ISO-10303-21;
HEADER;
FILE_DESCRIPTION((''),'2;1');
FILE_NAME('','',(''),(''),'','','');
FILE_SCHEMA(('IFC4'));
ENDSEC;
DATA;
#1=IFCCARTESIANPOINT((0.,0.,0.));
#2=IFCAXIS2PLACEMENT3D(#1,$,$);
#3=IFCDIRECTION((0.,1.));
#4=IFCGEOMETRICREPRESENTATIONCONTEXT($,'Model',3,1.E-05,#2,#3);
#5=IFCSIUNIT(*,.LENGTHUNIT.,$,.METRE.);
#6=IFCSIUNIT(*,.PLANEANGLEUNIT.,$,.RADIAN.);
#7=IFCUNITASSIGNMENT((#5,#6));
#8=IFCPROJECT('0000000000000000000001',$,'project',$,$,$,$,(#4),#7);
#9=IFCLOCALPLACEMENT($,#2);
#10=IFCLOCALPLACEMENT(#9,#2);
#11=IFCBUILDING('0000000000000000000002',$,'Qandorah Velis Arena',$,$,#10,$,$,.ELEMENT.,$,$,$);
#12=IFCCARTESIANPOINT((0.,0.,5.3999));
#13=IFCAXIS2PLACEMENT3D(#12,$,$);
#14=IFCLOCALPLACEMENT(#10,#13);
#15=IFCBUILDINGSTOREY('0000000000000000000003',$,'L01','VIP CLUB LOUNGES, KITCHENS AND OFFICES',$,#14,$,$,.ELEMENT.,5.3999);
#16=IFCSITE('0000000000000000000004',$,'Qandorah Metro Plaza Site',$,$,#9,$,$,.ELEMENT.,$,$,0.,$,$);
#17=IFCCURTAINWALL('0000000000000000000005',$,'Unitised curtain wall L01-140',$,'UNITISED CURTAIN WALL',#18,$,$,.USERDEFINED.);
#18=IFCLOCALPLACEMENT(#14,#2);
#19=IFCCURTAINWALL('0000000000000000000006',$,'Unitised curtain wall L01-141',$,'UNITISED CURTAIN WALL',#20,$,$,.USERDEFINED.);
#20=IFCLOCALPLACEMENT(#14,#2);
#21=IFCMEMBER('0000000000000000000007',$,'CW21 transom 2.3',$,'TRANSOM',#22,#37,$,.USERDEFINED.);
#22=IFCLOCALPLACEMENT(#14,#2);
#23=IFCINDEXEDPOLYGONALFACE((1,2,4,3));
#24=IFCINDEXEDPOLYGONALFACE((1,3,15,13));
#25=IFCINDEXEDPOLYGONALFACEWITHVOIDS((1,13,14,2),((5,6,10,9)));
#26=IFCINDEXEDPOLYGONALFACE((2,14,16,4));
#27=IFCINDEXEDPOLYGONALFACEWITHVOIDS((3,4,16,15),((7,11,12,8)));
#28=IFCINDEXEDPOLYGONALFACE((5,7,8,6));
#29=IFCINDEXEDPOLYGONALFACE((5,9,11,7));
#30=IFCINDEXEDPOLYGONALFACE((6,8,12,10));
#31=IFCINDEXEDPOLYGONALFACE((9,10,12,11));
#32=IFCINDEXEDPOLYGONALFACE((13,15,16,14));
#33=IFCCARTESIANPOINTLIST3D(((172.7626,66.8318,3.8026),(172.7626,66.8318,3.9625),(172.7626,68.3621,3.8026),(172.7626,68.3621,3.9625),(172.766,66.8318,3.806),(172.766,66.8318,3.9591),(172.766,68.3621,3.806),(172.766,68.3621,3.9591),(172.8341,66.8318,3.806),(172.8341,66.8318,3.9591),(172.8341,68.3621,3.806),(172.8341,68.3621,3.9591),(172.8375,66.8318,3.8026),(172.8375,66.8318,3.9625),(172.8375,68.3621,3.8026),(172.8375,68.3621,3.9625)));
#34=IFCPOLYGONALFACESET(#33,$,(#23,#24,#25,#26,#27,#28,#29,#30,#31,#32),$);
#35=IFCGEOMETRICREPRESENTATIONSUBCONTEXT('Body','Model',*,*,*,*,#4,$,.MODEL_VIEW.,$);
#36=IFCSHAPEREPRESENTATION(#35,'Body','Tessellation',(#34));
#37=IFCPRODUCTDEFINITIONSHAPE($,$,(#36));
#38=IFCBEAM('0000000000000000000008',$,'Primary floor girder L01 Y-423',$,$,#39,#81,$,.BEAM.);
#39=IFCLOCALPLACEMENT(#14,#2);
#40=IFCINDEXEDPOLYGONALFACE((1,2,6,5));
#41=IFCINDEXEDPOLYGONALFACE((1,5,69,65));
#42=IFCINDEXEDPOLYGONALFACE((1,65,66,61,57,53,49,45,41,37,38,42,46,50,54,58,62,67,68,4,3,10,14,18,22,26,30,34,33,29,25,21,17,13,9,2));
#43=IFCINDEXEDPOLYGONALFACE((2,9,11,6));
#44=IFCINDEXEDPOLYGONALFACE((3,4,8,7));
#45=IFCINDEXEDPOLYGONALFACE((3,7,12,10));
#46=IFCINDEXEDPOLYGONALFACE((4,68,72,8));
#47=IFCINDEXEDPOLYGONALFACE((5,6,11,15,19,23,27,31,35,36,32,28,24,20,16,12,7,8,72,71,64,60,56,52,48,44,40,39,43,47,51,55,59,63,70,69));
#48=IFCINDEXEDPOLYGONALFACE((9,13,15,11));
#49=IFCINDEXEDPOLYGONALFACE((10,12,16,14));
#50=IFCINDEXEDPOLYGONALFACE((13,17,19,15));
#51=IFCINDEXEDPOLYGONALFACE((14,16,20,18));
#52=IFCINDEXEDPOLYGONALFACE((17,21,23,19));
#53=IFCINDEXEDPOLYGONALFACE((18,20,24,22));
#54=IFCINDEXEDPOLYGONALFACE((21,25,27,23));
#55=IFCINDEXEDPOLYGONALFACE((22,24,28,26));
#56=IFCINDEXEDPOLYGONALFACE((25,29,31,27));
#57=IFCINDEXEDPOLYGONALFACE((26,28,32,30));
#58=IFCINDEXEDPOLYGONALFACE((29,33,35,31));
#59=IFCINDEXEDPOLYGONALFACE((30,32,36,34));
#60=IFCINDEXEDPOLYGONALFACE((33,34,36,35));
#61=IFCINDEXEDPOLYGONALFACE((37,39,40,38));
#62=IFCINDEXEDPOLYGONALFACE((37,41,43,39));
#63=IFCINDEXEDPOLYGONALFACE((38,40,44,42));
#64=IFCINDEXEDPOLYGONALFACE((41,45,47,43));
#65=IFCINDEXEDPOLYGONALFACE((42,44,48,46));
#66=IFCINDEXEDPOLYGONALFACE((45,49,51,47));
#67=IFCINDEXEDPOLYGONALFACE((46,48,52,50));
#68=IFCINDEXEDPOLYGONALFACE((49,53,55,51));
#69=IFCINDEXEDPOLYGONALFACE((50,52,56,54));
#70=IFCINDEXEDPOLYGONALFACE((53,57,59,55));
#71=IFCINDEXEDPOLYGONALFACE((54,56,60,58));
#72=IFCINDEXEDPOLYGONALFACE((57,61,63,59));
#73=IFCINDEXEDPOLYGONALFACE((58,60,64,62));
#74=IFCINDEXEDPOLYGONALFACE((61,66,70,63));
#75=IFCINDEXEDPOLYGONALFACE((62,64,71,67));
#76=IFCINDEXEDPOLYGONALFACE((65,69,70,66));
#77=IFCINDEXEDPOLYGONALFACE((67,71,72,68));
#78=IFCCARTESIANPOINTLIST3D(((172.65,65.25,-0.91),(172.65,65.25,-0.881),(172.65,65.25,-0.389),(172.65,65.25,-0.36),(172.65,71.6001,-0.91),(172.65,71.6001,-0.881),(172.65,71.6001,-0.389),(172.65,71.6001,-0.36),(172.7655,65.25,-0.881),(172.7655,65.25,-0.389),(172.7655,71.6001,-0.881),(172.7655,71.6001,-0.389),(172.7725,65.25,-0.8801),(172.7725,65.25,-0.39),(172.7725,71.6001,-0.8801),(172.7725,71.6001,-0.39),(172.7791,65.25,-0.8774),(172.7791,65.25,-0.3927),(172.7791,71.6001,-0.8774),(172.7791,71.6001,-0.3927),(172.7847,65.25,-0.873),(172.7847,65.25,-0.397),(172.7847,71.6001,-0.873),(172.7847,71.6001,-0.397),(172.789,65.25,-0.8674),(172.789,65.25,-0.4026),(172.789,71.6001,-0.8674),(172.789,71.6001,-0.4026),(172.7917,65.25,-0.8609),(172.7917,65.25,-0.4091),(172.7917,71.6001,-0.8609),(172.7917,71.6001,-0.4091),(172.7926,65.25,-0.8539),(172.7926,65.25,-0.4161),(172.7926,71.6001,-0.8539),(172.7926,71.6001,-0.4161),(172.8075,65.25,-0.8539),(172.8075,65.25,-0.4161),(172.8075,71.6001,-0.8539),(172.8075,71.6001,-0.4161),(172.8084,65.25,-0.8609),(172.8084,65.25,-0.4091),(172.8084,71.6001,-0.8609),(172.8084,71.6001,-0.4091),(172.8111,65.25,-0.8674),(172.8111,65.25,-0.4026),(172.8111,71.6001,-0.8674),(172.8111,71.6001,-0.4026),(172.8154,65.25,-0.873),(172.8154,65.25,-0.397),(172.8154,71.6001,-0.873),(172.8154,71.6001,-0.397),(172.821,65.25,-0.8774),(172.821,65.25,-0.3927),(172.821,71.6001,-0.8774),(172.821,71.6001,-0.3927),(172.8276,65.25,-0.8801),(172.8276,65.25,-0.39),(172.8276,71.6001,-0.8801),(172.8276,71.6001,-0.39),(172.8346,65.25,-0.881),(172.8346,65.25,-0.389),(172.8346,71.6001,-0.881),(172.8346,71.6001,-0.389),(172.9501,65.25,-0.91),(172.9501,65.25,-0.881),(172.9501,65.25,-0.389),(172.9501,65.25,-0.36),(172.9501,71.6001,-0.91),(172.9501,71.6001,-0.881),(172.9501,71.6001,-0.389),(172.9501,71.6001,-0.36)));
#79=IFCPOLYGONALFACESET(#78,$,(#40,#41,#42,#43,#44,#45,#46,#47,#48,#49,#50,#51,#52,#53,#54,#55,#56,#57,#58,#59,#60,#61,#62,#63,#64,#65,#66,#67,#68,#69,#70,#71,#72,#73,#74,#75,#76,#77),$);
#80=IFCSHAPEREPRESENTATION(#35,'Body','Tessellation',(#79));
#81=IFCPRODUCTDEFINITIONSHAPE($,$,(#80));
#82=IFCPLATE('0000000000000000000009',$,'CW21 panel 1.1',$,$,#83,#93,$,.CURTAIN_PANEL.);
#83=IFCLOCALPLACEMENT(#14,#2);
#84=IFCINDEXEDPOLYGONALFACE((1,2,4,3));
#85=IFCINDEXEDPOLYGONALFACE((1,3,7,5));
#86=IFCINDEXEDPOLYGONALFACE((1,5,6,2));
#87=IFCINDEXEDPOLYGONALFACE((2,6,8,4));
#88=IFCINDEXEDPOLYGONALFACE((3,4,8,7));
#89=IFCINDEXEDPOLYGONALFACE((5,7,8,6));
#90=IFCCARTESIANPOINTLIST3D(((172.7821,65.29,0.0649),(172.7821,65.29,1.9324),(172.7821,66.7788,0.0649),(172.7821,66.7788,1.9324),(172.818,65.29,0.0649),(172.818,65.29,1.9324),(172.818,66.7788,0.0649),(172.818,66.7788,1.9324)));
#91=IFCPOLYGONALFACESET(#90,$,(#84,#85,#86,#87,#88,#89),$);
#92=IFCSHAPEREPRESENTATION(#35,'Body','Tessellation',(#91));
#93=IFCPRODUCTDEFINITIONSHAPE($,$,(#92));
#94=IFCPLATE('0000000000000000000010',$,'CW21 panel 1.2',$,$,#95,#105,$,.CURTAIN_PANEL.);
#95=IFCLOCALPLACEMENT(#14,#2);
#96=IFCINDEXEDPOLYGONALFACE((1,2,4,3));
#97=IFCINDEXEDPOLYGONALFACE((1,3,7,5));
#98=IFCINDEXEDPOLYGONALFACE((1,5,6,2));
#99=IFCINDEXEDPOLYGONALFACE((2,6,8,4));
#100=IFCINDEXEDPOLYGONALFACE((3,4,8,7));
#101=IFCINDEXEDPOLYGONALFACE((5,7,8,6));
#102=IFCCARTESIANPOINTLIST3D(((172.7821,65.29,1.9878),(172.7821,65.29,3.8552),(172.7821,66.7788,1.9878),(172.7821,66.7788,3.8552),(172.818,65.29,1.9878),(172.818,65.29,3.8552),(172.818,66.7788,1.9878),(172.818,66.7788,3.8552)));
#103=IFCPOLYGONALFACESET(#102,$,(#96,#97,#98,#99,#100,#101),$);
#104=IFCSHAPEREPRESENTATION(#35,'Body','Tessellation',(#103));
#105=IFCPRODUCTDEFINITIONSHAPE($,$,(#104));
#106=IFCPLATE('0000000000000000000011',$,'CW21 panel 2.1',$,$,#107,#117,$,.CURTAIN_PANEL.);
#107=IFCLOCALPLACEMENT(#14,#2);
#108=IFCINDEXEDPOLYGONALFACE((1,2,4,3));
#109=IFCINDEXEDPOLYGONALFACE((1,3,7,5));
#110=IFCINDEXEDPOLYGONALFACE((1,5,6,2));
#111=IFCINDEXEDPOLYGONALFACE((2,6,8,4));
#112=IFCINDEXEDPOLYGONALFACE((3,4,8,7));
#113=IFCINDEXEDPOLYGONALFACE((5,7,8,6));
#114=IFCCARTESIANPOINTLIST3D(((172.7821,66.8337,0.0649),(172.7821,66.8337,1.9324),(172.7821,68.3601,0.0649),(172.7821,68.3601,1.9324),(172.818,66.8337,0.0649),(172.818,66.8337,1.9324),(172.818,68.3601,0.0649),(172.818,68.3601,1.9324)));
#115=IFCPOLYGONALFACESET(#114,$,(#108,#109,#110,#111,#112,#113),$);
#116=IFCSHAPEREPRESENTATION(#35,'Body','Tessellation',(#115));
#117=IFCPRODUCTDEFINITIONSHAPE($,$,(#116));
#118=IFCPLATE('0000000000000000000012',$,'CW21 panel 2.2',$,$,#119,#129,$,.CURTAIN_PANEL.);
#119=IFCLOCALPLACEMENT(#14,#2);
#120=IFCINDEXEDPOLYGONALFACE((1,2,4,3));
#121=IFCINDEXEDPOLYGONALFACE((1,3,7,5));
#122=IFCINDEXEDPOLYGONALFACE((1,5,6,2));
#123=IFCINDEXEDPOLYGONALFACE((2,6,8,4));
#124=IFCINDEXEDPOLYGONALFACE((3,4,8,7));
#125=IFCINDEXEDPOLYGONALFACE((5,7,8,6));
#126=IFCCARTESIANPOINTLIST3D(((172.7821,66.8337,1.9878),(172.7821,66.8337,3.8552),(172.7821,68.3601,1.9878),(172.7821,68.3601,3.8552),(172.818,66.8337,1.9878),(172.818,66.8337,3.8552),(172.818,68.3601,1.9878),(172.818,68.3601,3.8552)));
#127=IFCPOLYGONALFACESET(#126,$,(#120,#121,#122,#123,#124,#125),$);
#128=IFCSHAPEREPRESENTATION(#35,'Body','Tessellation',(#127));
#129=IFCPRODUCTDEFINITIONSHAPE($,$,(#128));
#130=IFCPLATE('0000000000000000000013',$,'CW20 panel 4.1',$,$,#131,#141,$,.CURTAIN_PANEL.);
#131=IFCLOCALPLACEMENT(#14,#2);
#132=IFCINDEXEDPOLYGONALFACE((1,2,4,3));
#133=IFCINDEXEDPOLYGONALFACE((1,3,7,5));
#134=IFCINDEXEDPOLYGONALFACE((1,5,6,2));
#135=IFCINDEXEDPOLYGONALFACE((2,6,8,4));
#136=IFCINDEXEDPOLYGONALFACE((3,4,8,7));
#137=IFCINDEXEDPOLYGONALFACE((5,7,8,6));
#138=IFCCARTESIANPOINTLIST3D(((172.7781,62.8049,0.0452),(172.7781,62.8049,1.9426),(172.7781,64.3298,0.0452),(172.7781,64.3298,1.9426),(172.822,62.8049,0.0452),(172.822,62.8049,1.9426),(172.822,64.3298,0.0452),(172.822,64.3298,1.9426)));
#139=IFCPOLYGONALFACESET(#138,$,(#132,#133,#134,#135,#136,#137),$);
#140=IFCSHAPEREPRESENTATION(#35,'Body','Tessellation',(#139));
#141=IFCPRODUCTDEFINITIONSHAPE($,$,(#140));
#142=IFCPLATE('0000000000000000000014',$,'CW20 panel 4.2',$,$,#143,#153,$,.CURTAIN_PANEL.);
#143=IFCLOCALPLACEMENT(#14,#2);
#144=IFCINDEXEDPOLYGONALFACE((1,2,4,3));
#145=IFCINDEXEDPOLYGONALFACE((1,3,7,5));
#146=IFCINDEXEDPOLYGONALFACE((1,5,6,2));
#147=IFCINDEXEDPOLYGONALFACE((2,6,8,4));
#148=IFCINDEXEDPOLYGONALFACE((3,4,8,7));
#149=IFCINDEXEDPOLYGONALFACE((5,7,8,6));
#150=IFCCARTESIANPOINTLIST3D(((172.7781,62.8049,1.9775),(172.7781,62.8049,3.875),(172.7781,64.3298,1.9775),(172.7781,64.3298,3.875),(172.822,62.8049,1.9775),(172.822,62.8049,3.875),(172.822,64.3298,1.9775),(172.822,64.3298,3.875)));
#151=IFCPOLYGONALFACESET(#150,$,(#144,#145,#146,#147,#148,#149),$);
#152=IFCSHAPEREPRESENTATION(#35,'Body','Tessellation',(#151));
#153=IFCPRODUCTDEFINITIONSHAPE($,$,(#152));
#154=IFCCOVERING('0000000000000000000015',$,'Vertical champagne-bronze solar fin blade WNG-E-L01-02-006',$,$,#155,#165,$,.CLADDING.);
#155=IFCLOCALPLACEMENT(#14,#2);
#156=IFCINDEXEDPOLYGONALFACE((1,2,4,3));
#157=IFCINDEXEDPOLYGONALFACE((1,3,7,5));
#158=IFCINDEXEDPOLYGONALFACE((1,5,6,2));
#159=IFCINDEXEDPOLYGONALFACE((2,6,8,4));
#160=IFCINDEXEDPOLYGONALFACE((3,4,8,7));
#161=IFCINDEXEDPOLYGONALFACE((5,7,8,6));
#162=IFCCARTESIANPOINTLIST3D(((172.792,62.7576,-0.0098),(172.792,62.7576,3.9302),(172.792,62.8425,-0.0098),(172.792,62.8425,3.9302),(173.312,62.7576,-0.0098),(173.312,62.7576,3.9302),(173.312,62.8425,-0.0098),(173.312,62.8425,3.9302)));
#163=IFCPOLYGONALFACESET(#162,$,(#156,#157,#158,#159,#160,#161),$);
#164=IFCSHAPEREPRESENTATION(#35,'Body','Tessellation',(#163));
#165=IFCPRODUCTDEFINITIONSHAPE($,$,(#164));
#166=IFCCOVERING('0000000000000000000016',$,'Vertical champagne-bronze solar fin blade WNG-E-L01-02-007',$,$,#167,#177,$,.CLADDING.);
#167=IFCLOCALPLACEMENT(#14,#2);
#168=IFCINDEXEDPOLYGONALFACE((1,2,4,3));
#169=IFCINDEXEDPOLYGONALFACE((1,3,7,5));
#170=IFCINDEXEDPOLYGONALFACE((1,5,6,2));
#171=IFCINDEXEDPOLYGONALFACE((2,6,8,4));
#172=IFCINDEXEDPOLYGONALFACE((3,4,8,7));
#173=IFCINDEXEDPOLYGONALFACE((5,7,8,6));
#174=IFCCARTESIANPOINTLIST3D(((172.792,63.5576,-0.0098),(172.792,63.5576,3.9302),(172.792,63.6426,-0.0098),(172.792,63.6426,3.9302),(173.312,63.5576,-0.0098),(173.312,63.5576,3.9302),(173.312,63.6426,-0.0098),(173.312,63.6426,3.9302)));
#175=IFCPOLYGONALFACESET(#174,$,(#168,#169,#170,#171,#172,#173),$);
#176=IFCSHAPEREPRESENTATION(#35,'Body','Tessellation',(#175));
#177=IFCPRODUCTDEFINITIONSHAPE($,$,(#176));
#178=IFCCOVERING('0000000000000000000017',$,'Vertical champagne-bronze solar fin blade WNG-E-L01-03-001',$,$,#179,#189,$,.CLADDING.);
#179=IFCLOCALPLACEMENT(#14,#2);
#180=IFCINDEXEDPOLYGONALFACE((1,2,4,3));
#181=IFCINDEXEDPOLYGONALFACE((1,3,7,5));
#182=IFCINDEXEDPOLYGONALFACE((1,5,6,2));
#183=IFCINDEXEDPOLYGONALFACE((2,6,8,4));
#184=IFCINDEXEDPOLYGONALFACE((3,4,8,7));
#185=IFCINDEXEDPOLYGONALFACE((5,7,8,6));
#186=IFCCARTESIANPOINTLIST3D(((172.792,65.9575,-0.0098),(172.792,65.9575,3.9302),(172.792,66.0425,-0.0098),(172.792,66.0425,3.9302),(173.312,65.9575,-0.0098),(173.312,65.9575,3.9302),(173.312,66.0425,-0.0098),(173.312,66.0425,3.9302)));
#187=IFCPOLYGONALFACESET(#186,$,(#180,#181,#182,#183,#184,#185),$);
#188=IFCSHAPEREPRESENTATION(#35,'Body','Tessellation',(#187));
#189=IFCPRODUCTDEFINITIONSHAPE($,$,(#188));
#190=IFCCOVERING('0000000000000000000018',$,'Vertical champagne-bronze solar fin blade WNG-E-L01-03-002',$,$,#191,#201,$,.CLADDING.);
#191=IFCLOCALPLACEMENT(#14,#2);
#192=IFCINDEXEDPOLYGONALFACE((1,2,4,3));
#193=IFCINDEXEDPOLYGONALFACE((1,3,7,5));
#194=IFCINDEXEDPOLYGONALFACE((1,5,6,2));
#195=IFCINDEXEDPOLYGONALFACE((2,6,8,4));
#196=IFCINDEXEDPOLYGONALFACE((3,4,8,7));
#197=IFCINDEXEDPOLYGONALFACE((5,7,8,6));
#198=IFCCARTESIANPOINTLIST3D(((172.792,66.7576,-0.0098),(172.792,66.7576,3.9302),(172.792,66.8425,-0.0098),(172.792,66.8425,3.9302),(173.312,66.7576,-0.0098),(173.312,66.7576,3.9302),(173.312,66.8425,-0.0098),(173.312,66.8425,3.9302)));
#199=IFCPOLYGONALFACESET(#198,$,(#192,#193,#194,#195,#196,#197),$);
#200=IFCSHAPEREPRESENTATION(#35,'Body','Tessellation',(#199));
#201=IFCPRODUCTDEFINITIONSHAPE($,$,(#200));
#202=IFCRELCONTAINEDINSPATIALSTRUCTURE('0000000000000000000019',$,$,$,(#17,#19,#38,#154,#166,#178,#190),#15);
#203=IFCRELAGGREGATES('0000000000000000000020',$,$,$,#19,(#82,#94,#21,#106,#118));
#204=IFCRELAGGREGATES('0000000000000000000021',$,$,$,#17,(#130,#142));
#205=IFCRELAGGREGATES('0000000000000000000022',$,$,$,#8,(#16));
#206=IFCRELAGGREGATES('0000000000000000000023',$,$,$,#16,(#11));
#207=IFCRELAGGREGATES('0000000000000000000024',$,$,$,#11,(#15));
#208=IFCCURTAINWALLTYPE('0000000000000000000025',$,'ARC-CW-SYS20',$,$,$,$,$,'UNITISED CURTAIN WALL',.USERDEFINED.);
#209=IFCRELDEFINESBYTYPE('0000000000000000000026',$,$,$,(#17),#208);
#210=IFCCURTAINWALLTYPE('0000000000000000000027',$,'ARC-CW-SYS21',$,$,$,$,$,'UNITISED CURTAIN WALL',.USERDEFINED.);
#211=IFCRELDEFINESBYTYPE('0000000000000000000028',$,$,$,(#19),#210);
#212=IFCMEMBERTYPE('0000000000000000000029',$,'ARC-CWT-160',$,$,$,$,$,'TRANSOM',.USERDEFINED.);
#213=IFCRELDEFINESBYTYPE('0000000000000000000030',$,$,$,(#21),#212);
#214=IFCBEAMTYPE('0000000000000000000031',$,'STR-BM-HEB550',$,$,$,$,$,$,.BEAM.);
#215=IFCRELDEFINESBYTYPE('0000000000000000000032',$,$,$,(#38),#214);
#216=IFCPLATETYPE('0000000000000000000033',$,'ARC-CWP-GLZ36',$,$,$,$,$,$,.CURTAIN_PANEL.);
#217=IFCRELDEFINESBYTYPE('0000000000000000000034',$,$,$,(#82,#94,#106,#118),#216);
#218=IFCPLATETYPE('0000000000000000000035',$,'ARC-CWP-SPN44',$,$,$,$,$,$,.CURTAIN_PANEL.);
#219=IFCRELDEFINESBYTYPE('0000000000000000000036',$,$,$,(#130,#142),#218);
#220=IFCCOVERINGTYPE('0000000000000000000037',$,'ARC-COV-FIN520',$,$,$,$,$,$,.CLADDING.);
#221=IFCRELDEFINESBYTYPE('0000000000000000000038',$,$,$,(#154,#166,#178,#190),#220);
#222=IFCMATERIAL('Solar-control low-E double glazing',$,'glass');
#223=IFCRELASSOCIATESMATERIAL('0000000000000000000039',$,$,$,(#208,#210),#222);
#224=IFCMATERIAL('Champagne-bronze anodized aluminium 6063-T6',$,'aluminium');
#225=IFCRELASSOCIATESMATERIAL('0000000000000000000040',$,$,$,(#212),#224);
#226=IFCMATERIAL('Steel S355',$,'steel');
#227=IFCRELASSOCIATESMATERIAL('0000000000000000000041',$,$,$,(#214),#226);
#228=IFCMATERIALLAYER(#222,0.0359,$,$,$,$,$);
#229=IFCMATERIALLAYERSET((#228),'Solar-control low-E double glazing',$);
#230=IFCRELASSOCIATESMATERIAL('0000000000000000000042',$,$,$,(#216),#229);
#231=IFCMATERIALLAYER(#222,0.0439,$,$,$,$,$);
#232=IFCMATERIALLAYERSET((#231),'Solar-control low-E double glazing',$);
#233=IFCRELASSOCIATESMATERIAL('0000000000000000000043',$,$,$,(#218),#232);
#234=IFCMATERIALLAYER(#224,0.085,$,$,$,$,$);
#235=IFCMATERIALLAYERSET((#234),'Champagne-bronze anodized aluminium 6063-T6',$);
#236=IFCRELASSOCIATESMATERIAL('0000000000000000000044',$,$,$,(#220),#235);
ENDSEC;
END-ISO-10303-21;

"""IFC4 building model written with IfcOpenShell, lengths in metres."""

from ifc_helpers import new_model, si_unit, direction, frame, origin, origin_2d, place, context, subcontext, project, spatial, rectangle, hollow_rectangle, i_section, extrude, material, layer, layer_set, material_profile, profile_set, type_object, element, aggregate, save


model = new_model("IFC4")

# Units and contexts
model_context = context("Model", 3, precision=1e-05, world=origin(), true_north=direction((0.0, 1.0)))
body_context = subcontext(model_context, "Body", "Model", "MODEL_VIEW")
ifc_project = project(units=[si_unit("LENGTHUNIT", "METRE"), si_unit("PLANEANGLEUNIT", "RADIAN")], contexts=[model_context])

# Site, building, storey
site_placement = place(None, origin())
site = spatial("IfcSite", under=ifc_project, at=site_placement, Name="Qandorah Metro Plaza Site", CompositionType="ELEMENT", RefElevation=0.0)
building_placement = place(site_placement, origin())
building = spatial("IfcBuilding", under=site, at=building_placement, Name="Qandorah Velis Arena", CompositionType="ELEMENT")
storey_placement = place(building_placement, frame((0.0, 0.0, 5.3999)))
storey = spatial("IfcBuildingStorey", under=building, at=storey_placement, Name="L01", Description="VIP CLUB LOUNGES, KITCHENS AND OFFICES", CompositionType="ELEMENT", Elevation=5.3999)

# Curtain wall
ifc_material_1 = material(Name="Solar-control low-E double glazing", Category="glass")
curtain_wall_type_1 = type_object("IfcCurtainWallType", Name="ARC-CW-SYS20", ElementType="UNITISED CURTAIN WALL", PredefinedType="USERDEFINED", material=ifc_material_1)
curtain_wall_1_placement = place(storey_placement, origin())
curtain_wall_1 = element("IfcCurtainWall", 1, at=curtain_wall_1_placement, inside=storey, type_object=curtain_wall_type_1, Name="Unitised curtain wall L01-140", ObjectType="UNITISED CURTAIN WALL", PredefinedType="USERDEFINED")
ifc_material_2 = material(Name="Champagne-bronze anodized aluminium 6063-T6", Category="aluminium")

# Curtain wall, member
curtain_wall_type_2 = type_object("IfcCurtainWallType", Name="ARC-CW-SYS21", ElementType="UNITISED CURTAIN WALL", PredefinedType="USERDEFINED", material=ifc_material_1)
curtain_wall_2_placement = place(storey_placement, origin())
curtain_wall_2 = element("IfcCurtainWall", 2, at=curtain_wall_2_placement, inside=storey, type_object=curtain_wall_type_2, Name="Unitised curtain wall L01-141", ObjectType="UNITISED CURTAIN WALL", PredefinedType="USERDEFINED")
ifc_material_profile_1 = material_profile(ifc_material_2, hollow_rectangle(XDim=0.075, YDim=0.1599, WallThickness=0.0034, at=origin_2d()), Name="ALU TRANSOM 75x160")
ifc_profile_set_1 = profile_set([ifc_material_profile_1], Name="Champagne-bronze anodized aluminium 6063-T6")
member_type_1 = type_object("IfcMemberType", Name="ARC-CWT-160", ElementType="TRANSOM", PredefinedType="USERDEFINED", material=ifc_profile_set_1)
member_1_placement = place(storey_placement, frame((172.8, 66.8318, 3.8826), z_axis=(0.0, 1.0, 0.0), x_axis=(-1.0, 0.0, 0.0)))
member_1 = element("IfcMember", 3, at=member_1_placement, type_object=member_type_1, Name="CW21 transom 2.3", ObjectType="TRANSOM", PredefinedType="USERDEFINED", context=body_context, shape_type="SweptSolid", body=[
    extrude(hollow_rectangle(XDim=0.075, YDim=0.1599, WallThickness=0.0034, at=origin_2d()), origin(), (0.0, 0.0, 1.0), 1.5303),
])

# Beam
ifc_material_3 = material(Name="Steel S355", Category="steel")
ifc_material_profile_2 = material_profile(ifc_material_3, i_section(OverallWidth=0.3, OverallDepth=0.55, WebThickness=0.0149, FlangeThickness=0.0291, FilletRadius=0.0271, at=origin_2d()), Name="HEB 550")
ifc_profile_set_2 = profile_set([ifc_material_profile_2], Name="Steel S355")
beam_type = type_object("IfcBeamType", Name="STR-BM-HEB550", PredefinedType="BEAM", material=ifc_profile_set_2)
beam_placement = place(storey_placement, frame((172.8, 65.25, -0.635), z_axis=(0.0, 1.0, 0.0), x_axis=(-1.0, 0.0, 0.0)))
element("IfcBeam", 4, at=beam_placement, inside=storey, type_object=beam_type, Name="Primary floor girder L01 Y-423", PredefinedType="BEAM", context=body_context, shape_type="SweptSolid", body=[
    extrude(i_section(OverallWidth=0.3, OverallDepth=0.55, WebThickness=0.0149, FlangeThickness=0.0291, FilletRadius=0.0271, at=origin_2d()), origin(), (0.0, 0.0, 1.0), 6.3501),
])

# Plates
ifc_layer_1 = layer(ifc_material_1, 0.0359)
ifc_layer_set_1 = layer_set([ifc_layer_1], Name="Solar-control low-E double glazing")
plate_type_1 = type_object("IfcPlateType", Name="ARC-CWP-GLZ36", PredefinedType="CURTAIN_PANEL", material=ifc_layer_set_1)
plate_1_placement = place(storey_placement, frame((172.8, 66.0344, 0.0649), z_axis=(0.0, 0.0, 1.0), x_axis=(0.0, 1.0, 0.0)))
plate_1 = element("IfcPlate", 5, at=plate_1_placement, type_object=plate_type_1, Name="CW21 panel 1.1", PredefinedType="CURTAIN_PANEL", context=body_context, shape_type="SweptSolid", body=[
    extrude(rectangle(XDim=1.4888, YDim=0.0359, at=origin_2d()), origin(), (0.0, 0.0, 1.0), 1.8674),
])
plate_2_placement = place(storey_placement, frame((172.8, 66.0344, 1.9878), z_axis=(0.0, 0.0, 1.0), x_axis=(0.0, 1.0, 0.0)))
plate_2 = element("IfcPlate", 6, at=plate_2_placement, type_object=plate_type_1, Name="CW21 panel 1.2", PredefinedType="CURTAIN_PANEL", context=body_context, shape_type="SweptSolid", body=[
    extrude(rectangle(XDim=1.4888, YDim=0.0359, at=origin_2d()), origin(), (0.0, 0.0, 1.0), 1.8674),
])
plate_3_placement = place(storey_placement, frame((172.8, 67.5969, 0.0649), z_axis=(0.0, 0.0, 1.0), x_axis=(0.0, 1.0, 0.0)))
plate_3 = element("IfcPlate", 7, at=plate_3_placement, type_object=plate_type_1, Name="CW21 panel 2.1", PredefinedType="CURTAIN_PANEL", context=body_context, shape_type="SweptSolid", body=[
    extrude(rectangle(XDim=1.5264, YDim=0.0359, at=origin_2d()), origin(), (0.0, 0.0, 1.0), 1.8674),
])
plate_4_placement = place(storey_placement, frame((172.8, 67.5969, 1.9878), z_axis=(0.0, 0.0, 1.0), x_axis=(0.0, 1.0, 0.0)))
plate_4 = element("IfcPlate", 8, at=plate_4_placement, type_object=plate_type_1, Name="CW21 panel 2.2", PredefinedType="CURTAIN_PANEL", context=body_context, shape_type="SweptSolid", body=[
    extrude(rectangle(XDim=1.5264, YDim=0.0359, at=origin_2d()), origin(), (0.0, 0.0, 1.0), 1.8674),
])
aggregate(curtain_wall_2, [plate_1, plate_2, member_1, plate_3, plate_4])
ifc_layer_2 = layer(ifc_material_1, 0.0439)
ifc_layer_set_2 = layer_set([ifc_layer_2], Name="Solar-control low-E double glazing")
plate_type_2 = type_object("IfcPlateType", Name="ARC-CWP-SPN44", PredefinedType="CURTAIN_PANEL", material=ifc_layer_set_2)
plate_5_placement = place(storey_placement, frame((172.8, 63.5674, 0.0452), z_axis=(0.0, 0.0, 1.0), x_axis=(0.0, 1.0, 0.0)))
plate_5 = element("IfcPlate", 9, at=plate_5_placement, type_object=plate_type_2, Name="CW20 panel 4.1", PredefinedType="CURTAIN_PANEL", context=body_context, shape_type="SweptSolid", body=[
    extrude(rectangle(XDim=1.5249, YDim=0.0439, at=origin_2d()), origin(), (0.0, 0.0, 1.0), 1.8975),
])
plate_6_placement = place(storey_placement, frame((172.8, 63.5674, 1.9775), z_axis=(0.0, 0.0, 1.0), x_axis=(0.0, 1.0, 0.0)))
plate_6 = element("IfcPlate", 10, at=plate_6_placement, type_object=plate_type_2, Name="CW20 panel 4.2", PredefinedType="CURTAIN_PANEL", context=body_context, shape_type="SweptSolid", body=[
    extrude(rectangle(XDim=1.5249, YDim=0.0439, at=origin_2d()), origin(), (0.0, 0.0, 1.0), 1.8975),
])
aggregate(curtain_wall_1, [plate_5, plate_6])

# Coverings
ifc_layer_3 = layer(ifc_material_2, 0.085)
ifc_layer_set_3 = layer_set([ifc_layer_3], Name="Champagne-bronze anodized aluminium 6063-T6")
covering_type = type_object("IfcCoveringType", Name="ARC-COV-FIN520", PredefinedType="CLADDING", material=ifc_layer_set_3)
for number, where, z_axis, x_axis, name in (
    (11, (173.052, 62.8, -0.0098), (0.0, 0.0, 1.0), (1.0, 0.0, 0.0), "Vertical champagne-bronze solar fin blade WNG-E-L01-02-006"),
    (12, (173.052, 63.6001, -0.0098), (0.0, 0.0, 1.0), (1.0, 0.0, 0.0), "Vertical champagne-bronze solar fin blade WNG-E-L01-02-007"),
    (13, (173.052, 66.0, -0.0098), (0.0, 0.0, 1.0), (1.0, 0.0, 0.0), "Vertical champagne-bronze solar fin blade WNG-E-L01-03-001"),
    (14, (173.052, 66.8, -0.0098), (0.0, 0.0, 1.0), (1.0, 0.0, 0.0), "Vertical champagne-bronze solar fin blade WNG-E-L01-03-002"),
):
    element("IfcCovering", number, at=place(storey_placement, frame(where, z_axis=z_axis, x_axis=x_axis)), inside=storey, type_object=covering_type, Name=name, PredefinedType="CLADDING", context=body_context, shape_type="SweptSolid", body=[
        extrude(rectangle(XDim=0.52, YDim=0.085, at=origin_2d()), origin(), (0.0, 0.0, 1.0), 3.9399),
    ])

save(model, "model.ifc")
